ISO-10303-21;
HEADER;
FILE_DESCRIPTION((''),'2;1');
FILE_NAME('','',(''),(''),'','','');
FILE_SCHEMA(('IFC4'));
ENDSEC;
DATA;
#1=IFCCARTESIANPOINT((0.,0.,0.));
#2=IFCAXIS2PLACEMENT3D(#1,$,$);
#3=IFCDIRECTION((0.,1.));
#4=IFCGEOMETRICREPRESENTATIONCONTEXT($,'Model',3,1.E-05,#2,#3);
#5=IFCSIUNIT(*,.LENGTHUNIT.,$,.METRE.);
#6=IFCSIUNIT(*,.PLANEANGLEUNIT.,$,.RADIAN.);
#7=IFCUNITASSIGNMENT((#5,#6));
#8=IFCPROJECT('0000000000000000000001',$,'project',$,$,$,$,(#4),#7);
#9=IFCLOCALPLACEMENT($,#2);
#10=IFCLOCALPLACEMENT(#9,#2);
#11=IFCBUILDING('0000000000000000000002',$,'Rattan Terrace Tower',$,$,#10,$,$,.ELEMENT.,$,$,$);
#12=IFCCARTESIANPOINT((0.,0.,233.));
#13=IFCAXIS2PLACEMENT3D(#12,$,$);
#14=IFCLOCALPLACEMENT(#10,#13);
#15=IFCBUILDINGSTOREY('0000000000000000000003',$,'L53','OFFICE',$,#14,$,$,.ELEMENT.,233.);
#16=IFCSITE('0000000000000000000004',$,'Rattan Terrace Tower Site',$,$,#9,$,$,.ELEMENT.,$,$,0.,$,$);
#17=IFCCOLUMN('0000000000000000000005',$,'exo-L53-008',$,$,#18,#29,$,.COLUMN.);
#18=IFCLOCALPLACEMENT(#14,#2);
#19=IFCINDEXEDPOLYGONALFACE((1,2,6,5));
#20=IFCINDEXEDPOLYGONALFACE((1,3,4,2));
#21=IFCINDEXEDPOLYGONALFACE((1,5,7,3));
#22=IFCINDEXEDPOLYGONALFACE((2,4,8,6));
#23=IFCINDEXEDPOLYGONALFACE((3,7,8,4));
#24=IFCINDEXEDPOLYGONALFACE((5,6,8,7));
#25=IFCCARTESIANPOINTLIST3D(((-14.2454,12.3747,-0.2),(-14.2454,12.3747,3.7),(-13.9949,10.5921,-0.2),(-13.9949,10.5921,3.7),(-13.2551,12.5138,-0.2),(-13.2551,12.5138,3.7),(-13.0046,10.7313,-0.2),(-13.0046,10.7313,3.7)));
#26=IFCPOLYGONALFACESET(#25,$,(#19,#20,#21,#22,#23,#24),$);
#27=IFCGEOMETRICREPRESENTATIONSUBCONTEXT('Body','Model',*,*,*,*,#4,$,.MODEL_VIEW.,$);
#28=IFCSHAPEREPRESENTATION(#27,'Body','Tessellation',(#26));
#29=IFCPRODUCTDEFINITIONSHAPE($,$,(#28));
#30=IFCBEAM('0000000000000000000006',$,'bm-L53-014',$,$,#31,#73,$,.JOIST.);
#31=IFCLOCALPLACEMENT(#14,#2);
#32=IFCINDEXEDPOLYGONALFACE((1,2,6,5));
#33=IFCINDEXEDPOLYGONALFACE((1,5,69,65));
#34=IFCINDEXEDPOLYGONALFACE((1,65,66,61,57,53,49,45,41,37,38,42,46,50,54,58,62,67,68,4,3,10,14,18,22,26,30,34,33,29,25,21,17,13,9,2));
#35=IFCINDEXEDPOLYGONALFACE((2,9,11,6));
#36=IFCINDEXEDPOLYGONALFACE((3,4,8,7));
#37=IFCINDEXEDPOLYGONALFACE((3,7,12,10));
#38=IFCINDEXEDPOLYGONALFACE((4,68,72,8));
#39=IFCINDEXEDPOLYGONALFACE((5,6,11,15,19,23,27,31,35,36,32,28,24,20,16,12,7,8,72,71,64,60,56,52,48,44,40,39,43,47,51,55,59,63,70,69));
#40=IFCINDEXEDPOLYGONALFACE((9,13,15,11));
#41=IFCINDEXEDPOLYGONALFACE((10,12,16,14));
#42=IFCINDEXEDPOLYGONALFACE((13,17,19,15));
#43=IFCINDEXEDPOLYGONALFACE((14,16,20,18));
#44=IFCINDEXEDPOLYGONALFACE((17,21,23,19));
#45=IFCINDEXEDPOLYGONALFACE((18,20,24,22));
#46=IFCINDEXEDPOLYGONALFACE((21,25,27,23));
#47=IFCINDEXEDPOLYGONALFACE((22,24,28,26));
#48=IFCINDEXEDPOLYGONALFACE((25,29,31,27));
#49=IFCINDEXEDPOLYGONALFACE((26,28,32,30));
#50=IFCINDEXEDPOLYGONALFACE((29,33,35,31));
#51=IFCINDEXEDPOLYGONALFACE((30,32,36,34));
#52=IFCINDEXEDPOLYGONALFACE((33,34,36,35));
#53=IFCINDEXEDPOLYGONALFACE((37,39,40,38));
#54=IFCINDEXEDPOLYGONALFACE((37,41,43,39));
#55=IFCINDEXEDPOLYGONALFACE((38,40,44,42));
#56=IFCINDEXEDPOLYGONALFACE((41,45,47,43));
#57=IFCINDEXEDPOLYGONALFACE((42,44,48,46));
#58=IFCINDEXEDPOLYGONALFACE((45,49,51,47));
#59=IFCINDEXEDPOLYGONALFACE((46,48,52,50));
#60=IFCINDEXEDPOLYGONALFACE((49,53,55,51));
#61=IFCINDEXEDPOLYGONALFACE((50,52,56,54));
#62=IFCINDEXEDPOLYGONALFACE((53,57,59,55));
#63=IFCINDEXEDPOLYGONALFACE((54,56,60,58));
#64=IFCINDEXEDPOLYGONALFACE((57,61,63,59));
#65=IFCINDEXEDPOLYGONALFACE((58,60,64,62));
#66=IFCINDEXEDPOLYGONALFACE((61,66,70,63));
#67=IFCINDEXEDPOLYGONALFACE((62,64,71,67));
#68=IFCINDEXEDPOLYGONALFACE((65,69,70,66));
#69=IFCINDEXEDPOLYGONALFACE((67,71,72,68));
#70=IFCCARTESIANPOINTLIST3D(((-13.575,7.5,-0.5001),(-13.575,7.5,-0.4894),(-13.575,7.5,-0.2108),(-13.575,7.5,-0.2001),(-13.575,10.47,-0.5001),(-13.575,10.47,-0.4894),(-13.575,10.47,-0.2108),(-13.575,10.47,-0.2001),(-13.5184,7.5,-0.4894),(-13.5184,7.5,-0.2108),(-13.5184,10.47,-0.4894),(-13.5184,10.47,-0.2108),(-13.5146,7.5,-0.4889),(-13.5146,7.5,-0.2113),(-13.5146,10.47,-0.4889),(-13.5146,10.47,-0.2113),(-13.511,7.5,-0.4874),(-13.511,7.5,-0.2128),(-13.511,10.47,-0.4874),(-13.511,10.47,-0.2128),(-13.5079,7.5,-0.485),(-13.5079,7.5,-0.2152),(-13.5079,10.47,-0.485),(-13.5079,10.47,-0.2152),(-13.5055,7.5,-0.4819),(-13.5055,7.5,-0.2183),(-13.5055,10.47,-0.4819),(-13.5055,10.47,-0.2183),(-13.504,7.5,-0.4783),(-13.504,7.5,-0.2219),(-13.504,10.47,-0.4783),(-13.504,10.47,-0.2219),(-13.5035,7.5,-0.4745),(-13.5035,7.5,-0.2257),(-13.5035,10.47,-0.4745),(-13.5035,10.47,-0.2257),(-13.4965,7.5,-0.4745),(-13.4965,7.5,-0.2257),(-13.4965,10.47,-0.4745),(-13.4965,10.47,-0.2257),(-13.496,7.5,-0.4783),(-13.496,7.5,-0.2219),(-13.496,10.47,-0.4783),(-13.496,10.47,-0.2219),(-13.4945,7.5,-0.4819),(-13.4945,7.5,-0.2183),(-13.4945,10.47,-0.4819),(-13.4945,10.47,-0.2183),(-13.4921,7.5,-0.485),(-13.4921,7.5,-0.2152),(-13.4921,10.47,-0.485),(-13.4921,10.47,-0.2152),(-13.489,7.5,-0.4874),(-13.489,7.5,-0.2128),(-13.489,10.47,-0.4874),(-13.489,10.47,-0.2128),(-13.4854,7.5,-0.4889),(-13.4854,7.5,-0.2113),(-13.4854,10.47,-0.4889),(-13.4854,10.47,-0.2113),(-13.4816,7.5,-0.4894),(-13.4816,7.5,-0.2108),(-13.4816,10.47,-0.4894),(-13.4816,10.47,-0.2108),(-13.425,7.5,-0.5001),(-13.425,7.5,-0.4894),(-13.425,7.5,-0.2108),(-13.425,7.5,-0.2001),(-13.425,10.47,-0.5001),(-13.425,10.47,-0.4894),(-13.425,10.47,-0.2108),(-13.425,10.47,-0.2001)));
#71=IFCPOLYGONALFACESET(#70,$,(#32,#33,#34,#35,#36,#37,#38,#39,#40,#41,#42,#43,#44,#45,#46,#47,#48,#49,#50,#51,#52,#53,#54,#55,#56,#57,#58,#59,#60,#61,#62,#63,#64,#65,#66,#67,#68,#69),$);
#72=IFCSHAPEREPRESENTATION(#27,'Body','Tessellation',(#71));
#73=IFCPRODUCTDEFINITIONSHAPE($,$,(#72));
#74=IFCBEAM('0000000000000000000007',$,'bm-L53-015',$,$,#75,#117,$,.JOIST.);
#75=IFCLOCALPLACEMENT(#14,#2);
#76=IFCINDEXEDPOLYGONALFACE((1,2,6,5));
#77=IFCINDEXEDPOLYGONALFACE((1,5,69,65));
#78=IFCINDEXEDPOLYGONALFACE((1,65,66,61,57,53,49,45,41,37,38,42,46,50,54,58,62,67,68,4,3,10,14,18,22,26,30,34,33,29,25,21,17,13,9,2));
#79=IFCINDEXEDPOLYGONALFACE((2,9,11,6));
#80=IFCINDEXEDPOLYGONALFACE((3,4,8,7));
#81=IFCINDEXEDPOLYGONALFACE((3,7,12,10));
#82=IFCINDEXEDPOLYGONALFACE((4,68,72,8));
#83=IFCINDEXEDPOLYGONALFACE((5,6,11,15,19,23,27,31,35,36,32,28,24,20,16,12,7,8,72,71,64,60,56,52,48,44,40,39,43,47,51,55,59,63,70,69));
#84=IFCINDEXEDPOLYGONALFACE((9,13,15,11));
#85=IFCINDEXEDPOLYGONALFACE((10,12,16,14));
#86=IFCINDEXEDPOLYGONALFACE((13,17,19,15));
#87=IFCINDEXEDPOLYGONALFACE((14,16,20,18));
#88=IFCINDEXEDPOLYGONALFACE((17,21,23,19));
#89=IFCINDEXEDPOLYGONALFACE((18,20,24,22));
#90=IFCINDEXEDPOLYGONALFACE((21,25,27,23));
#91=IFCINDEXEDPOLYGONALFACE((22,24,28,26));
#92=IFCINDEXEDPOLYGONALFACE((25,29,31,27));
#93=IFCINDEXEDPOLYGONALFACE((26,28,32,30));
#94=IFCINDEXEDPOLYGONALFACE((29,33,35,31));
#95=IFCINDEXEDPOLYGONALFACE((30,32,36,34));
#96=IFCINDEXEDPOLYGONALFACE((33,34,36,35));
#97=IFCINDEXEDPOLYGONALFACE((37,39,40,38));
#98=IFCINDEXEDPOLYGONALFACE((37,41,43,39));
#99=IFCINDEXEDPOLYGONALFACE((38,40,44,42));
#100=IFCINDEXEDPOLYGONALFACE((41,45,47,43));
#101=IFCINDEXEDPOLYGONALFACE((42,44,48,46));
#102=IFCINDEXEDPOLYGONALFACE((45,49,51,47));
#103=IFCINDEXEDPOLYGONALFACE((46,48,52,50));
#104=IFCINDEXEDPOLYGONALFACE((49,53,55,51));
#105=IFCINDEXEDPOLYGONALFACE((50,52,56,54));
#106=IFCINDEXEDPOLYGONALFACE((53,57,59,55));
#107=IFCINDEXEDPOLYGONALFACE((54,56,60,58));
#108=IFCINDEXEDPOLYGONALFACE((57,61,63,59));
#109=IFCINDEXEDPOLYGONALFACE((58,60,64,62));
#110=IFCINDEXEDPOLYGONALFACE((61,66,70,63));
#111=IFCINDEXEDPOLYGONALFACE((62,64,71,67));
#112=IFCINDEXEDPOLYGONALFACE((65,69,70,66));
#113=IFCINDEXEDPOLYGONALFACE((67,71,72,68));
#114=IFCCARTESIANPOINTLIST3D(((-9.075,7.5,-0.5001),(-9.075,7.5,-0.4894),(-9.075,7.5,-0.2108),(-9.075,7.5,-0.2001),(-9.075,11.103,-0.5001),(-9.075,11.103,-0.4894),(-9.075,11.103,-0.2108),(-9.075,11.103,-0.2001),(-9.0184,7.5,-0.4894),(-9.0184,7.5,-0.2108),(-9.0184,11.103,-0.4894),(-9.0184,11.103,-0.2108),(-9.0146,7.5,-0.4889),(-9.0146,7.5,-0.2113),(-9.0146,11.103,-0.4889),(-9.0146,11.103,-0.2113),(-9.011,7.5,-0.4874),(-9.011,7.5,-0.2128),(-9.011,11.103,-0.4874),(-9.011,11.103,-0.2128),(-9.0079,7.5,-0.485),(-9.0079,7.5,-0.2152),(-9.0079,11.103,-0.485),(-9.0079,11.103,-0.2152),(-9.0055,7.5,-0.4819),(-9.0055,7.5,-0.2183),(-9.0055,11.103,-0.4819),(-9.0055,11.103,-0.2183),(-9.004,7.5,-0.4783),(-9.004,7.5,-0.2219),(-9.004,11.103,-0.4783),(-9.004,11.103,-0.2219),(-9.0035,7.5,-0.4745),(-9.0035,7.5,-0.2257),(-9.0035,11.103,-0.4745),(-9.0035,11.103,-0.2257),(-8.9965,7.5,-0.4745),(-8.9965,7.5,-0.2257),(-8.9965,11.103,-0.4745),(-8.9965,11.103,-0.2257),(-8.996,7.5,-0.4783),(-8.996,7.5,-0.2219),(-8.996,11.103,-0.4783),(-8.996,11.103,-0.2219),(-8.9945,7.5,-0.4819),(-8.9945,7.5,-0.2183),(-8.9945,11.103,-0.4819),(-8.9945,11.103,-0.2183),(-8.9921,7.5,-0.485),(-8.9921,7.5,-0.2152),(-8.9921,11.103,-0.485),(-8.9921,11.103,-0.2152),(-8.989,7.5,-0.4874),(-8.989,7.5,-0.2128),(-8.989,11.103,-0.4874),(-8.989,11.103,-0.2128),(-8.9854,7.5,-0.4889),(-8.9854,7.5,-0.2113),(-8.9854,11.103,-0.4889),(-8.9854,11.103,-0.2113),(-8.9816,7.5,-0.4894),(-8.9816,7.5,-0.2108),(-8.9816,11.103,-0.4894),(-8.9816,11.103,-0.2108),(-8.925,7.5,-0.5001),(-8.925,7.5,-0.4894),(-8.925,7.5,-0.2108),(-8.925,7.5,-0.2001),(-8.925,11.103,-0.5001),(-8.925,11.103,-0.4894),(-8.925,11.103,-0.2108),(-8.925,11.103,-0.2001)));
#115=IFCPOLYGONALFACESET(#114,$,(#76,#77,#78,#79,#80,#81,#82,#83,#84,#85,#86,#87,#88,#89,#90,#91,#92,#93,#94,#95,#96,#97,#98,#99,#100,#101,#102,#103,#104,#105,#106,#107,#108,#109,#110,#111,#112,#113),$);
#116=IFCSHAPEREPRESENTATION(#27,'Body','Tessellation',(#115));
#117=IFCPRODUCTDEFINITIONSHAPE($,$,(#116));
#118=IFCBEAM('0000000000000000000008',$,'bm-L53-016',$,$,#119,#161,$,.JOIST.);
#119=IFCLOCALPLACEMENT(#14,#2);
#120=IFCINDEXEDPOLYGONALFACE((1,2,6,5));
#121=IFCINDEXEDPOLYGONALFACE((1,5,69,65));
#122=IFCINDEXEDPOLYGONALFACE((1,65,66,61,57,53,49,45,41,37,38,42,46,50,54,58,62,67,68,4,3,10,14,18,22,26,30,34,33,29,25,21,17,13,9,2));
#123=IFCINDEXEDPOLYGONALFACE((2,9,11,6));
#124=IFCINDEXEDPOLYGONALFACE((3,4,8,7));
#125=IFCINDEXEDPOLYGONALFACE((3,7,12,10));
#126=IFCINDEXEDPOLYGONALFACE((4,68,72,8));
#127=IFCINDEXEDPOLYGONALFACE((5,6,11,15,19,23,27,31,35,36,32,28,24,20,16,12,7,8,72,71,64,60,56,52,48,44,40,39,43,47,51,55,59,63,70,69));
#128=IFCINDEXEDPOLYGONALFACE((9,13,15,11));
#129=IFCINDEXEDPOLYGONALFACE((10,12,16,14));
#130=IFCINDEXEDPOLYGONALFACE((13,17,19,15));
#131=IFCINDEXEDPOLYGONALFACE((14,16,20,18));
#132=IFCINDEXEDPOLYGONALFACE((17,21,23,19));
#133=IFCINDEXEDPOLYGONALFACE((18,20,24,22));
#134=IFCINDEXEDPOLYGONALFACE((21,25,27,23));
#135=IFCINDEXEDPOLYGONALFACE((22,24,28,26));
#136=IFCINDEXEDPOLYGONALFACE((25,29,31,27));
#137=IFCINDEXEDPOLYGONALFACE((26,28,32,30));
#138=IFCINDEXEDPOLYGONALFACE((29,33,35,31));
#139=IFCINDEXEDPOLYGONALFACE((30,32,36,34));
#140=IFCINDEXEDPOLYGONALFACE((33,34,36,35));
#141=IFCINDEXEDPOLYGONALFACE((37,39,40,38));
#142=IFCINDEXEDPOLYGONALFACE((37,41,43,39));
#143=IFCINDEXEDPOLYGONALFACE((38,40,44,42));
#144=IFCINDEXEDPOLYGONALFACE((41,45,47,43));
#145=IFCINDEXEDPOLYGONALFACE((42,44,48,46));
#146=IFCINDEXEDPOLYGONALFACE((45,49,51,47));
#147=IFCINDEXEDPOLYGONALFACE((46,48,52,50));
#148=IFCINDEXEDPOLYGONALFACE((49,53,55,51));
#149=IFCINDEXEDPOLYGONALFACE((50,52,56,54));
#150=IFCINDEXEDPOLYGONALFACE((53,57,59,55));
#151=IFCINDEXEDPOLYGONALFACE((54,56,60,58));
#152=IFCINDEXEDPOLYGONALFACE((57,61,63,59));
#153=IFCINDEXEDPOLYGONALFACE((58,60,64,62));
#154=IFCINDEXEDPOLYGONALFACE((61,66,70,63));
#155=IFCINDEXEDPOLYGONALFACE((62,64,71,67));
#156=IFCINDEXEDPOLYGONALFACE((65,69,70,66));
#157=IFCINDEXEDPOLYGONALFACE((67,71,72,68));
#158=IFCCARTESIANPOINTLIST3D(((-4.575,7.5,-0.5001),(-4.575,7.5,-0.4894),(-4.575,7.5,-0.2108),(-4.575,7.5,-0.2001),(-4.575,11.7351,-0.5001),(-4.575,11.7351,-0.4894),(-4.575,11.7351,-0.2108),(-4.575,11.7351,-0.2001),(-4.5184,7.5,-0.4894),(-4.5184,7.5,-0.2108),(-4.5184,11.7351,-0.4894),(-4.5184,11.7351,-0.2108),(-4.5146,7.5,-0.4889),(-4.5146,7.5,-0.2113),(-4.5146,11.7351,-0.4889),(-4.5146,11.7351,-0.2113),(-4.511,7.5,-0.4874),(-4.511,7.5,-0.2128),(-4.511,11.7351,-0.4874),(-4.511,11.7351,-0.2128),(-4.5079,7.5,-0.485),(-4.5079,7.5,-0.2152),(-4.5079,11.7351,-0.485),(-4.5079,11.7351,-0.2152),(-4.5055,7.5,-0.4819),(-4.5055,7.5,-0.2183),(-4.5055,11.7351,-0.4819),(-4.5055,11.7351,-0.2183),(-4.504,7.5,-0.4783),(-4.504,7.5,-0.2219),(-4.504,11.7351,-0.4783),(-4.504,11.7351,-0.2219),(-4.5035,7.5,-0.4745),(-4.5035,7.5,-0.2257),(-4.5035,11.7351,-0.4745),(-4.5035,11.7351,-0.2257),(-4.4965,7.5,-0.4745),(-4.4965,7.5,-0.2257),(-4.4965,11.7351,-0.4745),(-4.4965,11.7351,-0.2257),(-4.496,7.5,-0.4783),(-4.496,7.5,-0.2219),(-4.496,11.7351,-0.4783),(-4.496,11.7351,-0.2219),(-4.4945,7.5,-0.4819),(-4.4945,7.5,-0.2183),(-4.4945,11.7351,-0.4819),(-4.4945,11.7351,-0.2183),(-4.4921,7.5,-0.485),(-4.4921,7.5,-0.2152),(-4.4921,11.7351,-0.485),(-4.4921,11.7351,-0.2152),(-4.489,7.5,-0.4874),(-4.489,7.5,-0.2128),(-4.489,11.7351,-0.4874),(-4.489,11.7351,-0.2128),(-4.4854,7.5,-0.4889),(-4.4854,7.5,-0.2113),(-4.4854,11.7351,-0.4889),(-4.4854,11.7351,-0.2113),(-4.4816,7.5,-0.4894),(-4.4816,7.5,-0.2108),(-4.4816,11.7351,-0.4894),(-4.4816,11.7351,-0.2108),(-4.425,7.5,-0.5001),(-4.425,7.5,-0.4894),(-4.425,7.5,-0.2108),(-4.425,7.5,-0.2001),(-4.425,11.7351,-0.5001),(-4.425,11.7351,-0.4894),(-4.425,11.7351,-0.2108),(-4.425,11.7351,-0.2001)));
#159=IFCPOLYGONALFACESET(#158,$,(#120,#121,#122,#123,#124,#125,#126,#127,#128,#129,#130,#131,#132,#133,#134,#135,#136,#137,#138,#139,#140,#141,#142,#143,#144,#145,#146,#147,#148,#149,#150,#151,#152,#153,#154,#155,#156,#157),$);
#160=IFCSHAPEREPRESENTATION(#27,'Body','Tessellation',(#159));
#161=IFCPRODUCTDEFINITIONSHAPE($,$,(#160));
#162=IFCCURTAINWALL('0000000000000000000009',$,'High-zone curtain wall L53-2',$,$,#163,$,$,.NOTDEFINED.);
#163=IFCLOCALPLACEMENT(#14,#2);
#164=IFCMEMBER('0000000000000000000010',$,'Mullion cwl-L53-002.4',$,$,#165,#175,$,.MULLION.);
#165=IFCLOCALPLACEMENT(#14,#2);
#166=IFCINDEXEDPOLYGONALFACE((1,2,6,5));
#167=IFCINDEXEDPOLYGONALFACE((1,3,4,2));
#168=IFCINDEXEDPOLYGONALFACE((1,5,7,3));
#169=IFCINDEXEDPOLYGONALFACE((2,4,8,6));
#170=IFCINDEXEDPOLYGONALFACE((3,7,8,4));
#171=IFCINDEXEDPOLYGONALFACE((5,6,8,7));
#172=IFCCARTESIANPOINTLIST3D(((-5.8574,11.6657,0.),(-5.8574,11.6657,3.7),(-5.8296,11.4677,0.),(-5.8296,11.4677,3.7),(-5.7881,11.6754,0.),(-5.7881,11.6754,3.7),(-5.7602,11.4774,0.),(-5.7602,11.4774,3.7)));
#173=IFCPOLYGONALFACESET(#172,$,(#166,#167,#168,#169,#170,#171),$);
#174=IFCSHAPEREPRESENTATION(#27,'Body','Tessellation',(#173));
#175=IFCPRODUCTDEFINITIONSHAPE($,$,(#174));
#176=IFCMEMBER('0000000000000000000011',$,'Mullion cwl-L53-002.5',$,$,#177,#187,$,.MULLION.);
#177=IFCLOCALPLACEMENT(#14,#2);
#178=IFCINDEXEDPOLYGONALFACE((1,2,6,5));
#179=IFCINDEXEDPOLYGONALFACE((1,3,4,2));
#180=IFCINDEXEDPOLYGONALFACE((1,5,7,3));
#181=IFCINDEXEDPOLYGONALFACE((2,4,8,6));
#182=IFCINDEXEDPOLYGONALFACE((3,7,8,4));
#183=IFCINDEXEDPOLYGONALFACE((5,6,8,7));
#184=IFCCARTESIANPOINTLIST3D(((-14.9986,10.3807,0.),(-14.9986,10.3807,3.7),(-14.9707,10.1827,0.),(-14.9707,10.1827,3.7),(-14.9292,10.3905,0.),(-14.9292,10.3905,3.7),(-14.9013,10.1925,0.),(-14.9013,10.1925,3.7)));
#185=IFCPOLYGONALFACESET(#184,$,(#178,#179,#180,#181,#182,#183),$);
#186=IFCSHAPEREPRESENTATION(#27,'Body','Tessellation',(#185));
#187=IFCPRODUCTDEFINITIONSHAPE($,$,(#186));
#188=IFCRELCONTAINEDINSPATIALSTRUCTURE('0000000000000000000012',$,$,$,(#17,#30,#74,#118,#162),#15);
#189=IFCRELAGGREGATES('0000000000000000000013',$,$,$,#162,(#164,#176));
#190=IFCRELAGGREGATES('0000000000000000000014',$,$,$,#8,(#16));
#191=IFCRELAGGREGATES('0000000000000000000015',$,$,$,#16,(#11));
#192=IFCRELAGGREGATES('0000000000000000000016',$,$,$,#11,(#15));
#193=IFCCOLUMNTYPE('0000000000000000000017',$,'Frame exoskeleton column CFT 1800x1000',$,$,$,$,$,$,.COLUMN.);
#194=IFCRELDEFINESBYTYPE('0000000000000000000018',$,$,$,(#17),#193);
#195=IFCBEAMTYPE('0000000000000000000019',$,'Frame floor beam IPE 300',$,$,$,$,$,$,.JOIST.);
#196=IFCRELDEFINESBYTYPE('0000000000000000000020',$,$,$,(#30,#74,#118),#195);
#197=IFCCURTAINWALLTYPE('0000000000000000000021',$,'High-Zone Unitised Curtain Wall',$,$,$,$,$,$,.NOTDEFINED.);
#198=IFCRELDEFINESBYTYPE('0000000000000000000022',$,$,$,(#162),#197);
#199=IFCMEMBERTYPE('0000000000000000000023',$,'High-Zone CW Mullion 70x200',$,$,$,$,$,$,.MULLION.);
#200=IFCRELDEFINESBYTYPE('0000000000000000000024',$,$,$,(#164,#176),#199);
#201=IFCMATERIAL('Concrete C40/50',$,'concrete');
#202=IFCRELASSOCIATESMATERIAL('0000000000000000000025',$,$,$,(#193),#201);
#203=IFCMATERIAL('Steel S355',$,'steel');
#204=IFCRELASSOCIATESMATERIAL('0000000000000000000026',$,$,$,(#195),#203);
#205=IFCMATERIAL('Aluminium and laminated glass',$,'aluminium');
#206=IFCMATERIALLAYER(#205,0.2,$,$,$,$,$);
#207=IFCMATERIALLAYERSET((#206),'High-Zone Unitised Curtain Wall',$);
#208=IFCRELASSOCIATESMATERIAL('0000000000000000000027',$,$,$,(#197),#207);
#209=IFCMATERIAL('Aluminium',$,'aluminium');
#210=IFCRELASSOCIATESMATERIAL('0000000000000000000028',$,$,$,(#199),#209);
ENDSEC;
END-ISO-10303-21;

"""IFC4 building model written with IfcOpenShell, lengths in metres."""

from ifc_helpers import new_model, si_unit, direction, frame, origin, origin_2d, place, context, subcontext, project, spatial, rectangle, i_section, extrude, material, layer, layer_set, material_profile, profile_set, type_object, element, aggregate, save


model = new_model("IFC4")

# Units and contexts
model_context = context("Model", 3, precision=1e-05, world=origin(), true_north=direction((0.0, 1.0)))
body_context = subcontext(model_context, "Body", "Model", "MODEL_VIEW")
ifc_project = project(units=[si_unit("LENGTHUNIT", "METRE"), si_unit("PLANEANGLEUNIT", "RADIAN")], contexts=[model_context])

# Site, building, storey
site_placement = place(None, origin())
site = spatial("IfcSite", under=ifc_project, at=site_placement, Name="Rattan Terrace Tower Site", CompositionType="ELEMENT", RefElevation=0.0)
building_placement = place(site_placement, origin())
building = spatial("IfcBuilding", under=site, at=building_placement, Name="Rattan Terrace Tower", CompositionType="ELEMENT")
storey_placement = place(building_placement, frame((0.0, 0.0, 233.0)))
storey = spatial("IfcBuildingStorey", under=building, at=storey_placement, Name="L53", Description="OFFICE", CompositionType="ELEMENT", Elevation=233.0)

# Column
ifc_material_1 = material(Name="Concrete C40/50", Category="concrete")
ifc_material_profile_1 = material_profile(ifc_material_1, rectangle(XDim=1.0, YDim=1.8, at=origin_2d()), Name="CFT 1800x1000")
ifc_profile_set_1 = profile_set([ifc_material_profile_1], Name="Concrete C40/50")
column_type = type_object("IfcColumnType", Name="Frame exoskeleton column CFT 1800x1000", PredefinedType="COLUMN", material=ifc_profile_set_1)
column_placement = place(storey_placement, frame((-13.625, 11.553, -0.2), z_axis=(0.0, 0.0, 1.0), x_axis=(0.990268, 0.139173, 0.0)))
element("IfcColumn", 1, at=column_placement, inside=storey, type_object=column_type, Name="exo-L53-008", PredefinedType="COLUMN", context=body_context, shape_type="SweptSolid", body=[
    extrude(rectangle(XDim=1.0, YDim=1.8, at=origin_2d()), origin(), (0.0, 0.0, 1.0), 3.8999),
])

# Beams
ifc_material_2 = material(Name="Steel S355", Category="steel")
ifc_material_profile_2 = material_profile(ifc_material_2, i_section(OverallWidth=0.1499, OverallDepth=0.3, WebThickness=0.0071, FlangeThickness=0.0107, FilletRadius=0.0149, at=origin_2d()), Name="IPE 300")
ifc_profile_set_2 = profile_set([ifc_material_profile_2], Name="Steel S355")
beam_type = type_object("IfcBeamType", Name="Frame floor beam IPE 300", PredefinedType="JOIST", material=ifc_profile_set_2)
beam_1_placement = place(storey_placement, frame((-13.5, 7.5, -0.3501), z_axis=(0.0, 1.0, 0.0), x_axis=(-1.0, 0.0, 0.0)))
element("IfcBeam", 2, at=beam_1_placement, inside=storey, type_object=beam_type, Name="bm-L53-014", PredefinedType="JOIST", context=body_context, shape_type="SweptSolid", body=[
    extrude(i_section(OverallWidth=0.1499, OverallDepth=0.3, WebThickness=0.0071, FlangeThickness=0.0107, FilletRadius=0.0149, at=origin_2d()), origin(), (0.0, 0.0, 1.0), 2.97),
])
beam_2_placement = place(storey_placement, frame((-9.0, 7.5, -0.3501), z_axis=(0.0, 1.0, 0.0), x_axis=(-1.0, 0.0, 0.0)))
element("IfcBeam", 3, at=beam_2_placement, inside=storey, type_object=beam_type, Name="bm-L53-015", PredefinedType="JOIST", context=body_context, shape_type="SweptSolid", body=[
    extrude(i_section(OverallWidth=0.1499, OverallDepth=0.3, WebThickness=0.0071, FlangeThickness=0.0107, FilletRadius=0.0149, at=origin_2d()), origin(), (0.0, 0.0, 1.0), 3.603),
])
beam_3_placement = place(storey_placement, frame((-4.5, 7.5, -0.3501), z_axis=(0.0, 1.0, 0.0), x_axis=(-1.0, 0.0, 0.0)))
element("IfcBeam", 4, at=beam_3_placement, inside=storey, type_object=beam_type, Name="bm-L53-016", PredefinedType="JOIST", context=body_context, shape_type="SweptSolid", body=[
    extrude(i_section(OverallWidth=0.1499, OverallDepth=0.3, WebThickness=0.0071, FlangeThickness=0.0107, FilletRadius=0.0149, at=origin_2d()), origin(), (0.0, 0.0, 1.0), 4.2351),
])

# Curtain wall, members
ifc_material_3 = material(Name="Aluminium and laminated glass", Category="aluminium")
ifc_layer_1 = layer(ifc_material_3, 0.2)
ifc_layer_set_1 = layer_set([ifc_layer_1], Name="High-Zone Unitised Curtain Wall")
curtain_wall_type = type_object("IfcCurtainWallType", Name="High-Zone Unitised Curtain Wall", PredefinedType="NOTDEFINED", material=ifc_layer_set_1)
curtain_wall_placement = place(storey_placement, origin())
curtain_wall = element("IfcCurtainWall", 5, at=curtain_wall_placement, inside=storey, type_object=curtain_wall_type, Name="High-zone curtain wall L53-2", PredefinedType="NOTDEFINED")
ifc_material_4 = material(Name="Aluminium", Category="aluminium")
ifc_material_profile_3 = material_profile(ifc_material_4, rectangle(XDim=0.0701, YDim=0.2, at=origin_2d()), Name="Aluminium 70x200")
ifc_profile_set_3 = profile_set([ifc_material_profile_3], Name="Aluminium")
member_type_1 = type_object("IfcMemberType", Name="High-Zone CW Mullion 70x200", PredefinedType="MULLION", material=ifc_profile_set_3)
member_1_placement = place(storey_placement, frame((-5.8088, 11.5715, 0.0), z_axis=(0.0, 0.0, 1.0), x_axis=(-0.990267, -0.139177, 0.0)))
member_1 = element("IfcMember", 6, at=member_1_placement, type_object=member_type_1, Name="Mullion cwl-L53-002.4", PredefinedType="MULLION", context=body_context, shape_type="SweptSolid", body=[
    extrude(rectangle(XDim=0.0701, YDim=0.2, at=origin_2d()), origin(), (0.0, 0.0, 1.0), 3.7),
])
member_2_placement = place(storey_placement, frame((-14.95, 10.2866, 0.0), z_axis=(0.0, 0.0, 1.0), x_axis=(-0.990267, -0.139177, 0.0)))
member_2 = element("IfcMember", 7, at=member_2_placement, type_object=member_type_1, Name="Mullion cwl-L53-002.5", PredefinedType="MULLION", context=body_context, shape_type="SweptSolid", body=[
    extrude(rectangle(XDim=0.0701, YDim=0.2, at=origin_2d()), origin(), (0.0, 0.0, 1.0), 3.7),
])
aggregate(curtain_wall, [member_1, member_2])

save(model, "model.ifc")
